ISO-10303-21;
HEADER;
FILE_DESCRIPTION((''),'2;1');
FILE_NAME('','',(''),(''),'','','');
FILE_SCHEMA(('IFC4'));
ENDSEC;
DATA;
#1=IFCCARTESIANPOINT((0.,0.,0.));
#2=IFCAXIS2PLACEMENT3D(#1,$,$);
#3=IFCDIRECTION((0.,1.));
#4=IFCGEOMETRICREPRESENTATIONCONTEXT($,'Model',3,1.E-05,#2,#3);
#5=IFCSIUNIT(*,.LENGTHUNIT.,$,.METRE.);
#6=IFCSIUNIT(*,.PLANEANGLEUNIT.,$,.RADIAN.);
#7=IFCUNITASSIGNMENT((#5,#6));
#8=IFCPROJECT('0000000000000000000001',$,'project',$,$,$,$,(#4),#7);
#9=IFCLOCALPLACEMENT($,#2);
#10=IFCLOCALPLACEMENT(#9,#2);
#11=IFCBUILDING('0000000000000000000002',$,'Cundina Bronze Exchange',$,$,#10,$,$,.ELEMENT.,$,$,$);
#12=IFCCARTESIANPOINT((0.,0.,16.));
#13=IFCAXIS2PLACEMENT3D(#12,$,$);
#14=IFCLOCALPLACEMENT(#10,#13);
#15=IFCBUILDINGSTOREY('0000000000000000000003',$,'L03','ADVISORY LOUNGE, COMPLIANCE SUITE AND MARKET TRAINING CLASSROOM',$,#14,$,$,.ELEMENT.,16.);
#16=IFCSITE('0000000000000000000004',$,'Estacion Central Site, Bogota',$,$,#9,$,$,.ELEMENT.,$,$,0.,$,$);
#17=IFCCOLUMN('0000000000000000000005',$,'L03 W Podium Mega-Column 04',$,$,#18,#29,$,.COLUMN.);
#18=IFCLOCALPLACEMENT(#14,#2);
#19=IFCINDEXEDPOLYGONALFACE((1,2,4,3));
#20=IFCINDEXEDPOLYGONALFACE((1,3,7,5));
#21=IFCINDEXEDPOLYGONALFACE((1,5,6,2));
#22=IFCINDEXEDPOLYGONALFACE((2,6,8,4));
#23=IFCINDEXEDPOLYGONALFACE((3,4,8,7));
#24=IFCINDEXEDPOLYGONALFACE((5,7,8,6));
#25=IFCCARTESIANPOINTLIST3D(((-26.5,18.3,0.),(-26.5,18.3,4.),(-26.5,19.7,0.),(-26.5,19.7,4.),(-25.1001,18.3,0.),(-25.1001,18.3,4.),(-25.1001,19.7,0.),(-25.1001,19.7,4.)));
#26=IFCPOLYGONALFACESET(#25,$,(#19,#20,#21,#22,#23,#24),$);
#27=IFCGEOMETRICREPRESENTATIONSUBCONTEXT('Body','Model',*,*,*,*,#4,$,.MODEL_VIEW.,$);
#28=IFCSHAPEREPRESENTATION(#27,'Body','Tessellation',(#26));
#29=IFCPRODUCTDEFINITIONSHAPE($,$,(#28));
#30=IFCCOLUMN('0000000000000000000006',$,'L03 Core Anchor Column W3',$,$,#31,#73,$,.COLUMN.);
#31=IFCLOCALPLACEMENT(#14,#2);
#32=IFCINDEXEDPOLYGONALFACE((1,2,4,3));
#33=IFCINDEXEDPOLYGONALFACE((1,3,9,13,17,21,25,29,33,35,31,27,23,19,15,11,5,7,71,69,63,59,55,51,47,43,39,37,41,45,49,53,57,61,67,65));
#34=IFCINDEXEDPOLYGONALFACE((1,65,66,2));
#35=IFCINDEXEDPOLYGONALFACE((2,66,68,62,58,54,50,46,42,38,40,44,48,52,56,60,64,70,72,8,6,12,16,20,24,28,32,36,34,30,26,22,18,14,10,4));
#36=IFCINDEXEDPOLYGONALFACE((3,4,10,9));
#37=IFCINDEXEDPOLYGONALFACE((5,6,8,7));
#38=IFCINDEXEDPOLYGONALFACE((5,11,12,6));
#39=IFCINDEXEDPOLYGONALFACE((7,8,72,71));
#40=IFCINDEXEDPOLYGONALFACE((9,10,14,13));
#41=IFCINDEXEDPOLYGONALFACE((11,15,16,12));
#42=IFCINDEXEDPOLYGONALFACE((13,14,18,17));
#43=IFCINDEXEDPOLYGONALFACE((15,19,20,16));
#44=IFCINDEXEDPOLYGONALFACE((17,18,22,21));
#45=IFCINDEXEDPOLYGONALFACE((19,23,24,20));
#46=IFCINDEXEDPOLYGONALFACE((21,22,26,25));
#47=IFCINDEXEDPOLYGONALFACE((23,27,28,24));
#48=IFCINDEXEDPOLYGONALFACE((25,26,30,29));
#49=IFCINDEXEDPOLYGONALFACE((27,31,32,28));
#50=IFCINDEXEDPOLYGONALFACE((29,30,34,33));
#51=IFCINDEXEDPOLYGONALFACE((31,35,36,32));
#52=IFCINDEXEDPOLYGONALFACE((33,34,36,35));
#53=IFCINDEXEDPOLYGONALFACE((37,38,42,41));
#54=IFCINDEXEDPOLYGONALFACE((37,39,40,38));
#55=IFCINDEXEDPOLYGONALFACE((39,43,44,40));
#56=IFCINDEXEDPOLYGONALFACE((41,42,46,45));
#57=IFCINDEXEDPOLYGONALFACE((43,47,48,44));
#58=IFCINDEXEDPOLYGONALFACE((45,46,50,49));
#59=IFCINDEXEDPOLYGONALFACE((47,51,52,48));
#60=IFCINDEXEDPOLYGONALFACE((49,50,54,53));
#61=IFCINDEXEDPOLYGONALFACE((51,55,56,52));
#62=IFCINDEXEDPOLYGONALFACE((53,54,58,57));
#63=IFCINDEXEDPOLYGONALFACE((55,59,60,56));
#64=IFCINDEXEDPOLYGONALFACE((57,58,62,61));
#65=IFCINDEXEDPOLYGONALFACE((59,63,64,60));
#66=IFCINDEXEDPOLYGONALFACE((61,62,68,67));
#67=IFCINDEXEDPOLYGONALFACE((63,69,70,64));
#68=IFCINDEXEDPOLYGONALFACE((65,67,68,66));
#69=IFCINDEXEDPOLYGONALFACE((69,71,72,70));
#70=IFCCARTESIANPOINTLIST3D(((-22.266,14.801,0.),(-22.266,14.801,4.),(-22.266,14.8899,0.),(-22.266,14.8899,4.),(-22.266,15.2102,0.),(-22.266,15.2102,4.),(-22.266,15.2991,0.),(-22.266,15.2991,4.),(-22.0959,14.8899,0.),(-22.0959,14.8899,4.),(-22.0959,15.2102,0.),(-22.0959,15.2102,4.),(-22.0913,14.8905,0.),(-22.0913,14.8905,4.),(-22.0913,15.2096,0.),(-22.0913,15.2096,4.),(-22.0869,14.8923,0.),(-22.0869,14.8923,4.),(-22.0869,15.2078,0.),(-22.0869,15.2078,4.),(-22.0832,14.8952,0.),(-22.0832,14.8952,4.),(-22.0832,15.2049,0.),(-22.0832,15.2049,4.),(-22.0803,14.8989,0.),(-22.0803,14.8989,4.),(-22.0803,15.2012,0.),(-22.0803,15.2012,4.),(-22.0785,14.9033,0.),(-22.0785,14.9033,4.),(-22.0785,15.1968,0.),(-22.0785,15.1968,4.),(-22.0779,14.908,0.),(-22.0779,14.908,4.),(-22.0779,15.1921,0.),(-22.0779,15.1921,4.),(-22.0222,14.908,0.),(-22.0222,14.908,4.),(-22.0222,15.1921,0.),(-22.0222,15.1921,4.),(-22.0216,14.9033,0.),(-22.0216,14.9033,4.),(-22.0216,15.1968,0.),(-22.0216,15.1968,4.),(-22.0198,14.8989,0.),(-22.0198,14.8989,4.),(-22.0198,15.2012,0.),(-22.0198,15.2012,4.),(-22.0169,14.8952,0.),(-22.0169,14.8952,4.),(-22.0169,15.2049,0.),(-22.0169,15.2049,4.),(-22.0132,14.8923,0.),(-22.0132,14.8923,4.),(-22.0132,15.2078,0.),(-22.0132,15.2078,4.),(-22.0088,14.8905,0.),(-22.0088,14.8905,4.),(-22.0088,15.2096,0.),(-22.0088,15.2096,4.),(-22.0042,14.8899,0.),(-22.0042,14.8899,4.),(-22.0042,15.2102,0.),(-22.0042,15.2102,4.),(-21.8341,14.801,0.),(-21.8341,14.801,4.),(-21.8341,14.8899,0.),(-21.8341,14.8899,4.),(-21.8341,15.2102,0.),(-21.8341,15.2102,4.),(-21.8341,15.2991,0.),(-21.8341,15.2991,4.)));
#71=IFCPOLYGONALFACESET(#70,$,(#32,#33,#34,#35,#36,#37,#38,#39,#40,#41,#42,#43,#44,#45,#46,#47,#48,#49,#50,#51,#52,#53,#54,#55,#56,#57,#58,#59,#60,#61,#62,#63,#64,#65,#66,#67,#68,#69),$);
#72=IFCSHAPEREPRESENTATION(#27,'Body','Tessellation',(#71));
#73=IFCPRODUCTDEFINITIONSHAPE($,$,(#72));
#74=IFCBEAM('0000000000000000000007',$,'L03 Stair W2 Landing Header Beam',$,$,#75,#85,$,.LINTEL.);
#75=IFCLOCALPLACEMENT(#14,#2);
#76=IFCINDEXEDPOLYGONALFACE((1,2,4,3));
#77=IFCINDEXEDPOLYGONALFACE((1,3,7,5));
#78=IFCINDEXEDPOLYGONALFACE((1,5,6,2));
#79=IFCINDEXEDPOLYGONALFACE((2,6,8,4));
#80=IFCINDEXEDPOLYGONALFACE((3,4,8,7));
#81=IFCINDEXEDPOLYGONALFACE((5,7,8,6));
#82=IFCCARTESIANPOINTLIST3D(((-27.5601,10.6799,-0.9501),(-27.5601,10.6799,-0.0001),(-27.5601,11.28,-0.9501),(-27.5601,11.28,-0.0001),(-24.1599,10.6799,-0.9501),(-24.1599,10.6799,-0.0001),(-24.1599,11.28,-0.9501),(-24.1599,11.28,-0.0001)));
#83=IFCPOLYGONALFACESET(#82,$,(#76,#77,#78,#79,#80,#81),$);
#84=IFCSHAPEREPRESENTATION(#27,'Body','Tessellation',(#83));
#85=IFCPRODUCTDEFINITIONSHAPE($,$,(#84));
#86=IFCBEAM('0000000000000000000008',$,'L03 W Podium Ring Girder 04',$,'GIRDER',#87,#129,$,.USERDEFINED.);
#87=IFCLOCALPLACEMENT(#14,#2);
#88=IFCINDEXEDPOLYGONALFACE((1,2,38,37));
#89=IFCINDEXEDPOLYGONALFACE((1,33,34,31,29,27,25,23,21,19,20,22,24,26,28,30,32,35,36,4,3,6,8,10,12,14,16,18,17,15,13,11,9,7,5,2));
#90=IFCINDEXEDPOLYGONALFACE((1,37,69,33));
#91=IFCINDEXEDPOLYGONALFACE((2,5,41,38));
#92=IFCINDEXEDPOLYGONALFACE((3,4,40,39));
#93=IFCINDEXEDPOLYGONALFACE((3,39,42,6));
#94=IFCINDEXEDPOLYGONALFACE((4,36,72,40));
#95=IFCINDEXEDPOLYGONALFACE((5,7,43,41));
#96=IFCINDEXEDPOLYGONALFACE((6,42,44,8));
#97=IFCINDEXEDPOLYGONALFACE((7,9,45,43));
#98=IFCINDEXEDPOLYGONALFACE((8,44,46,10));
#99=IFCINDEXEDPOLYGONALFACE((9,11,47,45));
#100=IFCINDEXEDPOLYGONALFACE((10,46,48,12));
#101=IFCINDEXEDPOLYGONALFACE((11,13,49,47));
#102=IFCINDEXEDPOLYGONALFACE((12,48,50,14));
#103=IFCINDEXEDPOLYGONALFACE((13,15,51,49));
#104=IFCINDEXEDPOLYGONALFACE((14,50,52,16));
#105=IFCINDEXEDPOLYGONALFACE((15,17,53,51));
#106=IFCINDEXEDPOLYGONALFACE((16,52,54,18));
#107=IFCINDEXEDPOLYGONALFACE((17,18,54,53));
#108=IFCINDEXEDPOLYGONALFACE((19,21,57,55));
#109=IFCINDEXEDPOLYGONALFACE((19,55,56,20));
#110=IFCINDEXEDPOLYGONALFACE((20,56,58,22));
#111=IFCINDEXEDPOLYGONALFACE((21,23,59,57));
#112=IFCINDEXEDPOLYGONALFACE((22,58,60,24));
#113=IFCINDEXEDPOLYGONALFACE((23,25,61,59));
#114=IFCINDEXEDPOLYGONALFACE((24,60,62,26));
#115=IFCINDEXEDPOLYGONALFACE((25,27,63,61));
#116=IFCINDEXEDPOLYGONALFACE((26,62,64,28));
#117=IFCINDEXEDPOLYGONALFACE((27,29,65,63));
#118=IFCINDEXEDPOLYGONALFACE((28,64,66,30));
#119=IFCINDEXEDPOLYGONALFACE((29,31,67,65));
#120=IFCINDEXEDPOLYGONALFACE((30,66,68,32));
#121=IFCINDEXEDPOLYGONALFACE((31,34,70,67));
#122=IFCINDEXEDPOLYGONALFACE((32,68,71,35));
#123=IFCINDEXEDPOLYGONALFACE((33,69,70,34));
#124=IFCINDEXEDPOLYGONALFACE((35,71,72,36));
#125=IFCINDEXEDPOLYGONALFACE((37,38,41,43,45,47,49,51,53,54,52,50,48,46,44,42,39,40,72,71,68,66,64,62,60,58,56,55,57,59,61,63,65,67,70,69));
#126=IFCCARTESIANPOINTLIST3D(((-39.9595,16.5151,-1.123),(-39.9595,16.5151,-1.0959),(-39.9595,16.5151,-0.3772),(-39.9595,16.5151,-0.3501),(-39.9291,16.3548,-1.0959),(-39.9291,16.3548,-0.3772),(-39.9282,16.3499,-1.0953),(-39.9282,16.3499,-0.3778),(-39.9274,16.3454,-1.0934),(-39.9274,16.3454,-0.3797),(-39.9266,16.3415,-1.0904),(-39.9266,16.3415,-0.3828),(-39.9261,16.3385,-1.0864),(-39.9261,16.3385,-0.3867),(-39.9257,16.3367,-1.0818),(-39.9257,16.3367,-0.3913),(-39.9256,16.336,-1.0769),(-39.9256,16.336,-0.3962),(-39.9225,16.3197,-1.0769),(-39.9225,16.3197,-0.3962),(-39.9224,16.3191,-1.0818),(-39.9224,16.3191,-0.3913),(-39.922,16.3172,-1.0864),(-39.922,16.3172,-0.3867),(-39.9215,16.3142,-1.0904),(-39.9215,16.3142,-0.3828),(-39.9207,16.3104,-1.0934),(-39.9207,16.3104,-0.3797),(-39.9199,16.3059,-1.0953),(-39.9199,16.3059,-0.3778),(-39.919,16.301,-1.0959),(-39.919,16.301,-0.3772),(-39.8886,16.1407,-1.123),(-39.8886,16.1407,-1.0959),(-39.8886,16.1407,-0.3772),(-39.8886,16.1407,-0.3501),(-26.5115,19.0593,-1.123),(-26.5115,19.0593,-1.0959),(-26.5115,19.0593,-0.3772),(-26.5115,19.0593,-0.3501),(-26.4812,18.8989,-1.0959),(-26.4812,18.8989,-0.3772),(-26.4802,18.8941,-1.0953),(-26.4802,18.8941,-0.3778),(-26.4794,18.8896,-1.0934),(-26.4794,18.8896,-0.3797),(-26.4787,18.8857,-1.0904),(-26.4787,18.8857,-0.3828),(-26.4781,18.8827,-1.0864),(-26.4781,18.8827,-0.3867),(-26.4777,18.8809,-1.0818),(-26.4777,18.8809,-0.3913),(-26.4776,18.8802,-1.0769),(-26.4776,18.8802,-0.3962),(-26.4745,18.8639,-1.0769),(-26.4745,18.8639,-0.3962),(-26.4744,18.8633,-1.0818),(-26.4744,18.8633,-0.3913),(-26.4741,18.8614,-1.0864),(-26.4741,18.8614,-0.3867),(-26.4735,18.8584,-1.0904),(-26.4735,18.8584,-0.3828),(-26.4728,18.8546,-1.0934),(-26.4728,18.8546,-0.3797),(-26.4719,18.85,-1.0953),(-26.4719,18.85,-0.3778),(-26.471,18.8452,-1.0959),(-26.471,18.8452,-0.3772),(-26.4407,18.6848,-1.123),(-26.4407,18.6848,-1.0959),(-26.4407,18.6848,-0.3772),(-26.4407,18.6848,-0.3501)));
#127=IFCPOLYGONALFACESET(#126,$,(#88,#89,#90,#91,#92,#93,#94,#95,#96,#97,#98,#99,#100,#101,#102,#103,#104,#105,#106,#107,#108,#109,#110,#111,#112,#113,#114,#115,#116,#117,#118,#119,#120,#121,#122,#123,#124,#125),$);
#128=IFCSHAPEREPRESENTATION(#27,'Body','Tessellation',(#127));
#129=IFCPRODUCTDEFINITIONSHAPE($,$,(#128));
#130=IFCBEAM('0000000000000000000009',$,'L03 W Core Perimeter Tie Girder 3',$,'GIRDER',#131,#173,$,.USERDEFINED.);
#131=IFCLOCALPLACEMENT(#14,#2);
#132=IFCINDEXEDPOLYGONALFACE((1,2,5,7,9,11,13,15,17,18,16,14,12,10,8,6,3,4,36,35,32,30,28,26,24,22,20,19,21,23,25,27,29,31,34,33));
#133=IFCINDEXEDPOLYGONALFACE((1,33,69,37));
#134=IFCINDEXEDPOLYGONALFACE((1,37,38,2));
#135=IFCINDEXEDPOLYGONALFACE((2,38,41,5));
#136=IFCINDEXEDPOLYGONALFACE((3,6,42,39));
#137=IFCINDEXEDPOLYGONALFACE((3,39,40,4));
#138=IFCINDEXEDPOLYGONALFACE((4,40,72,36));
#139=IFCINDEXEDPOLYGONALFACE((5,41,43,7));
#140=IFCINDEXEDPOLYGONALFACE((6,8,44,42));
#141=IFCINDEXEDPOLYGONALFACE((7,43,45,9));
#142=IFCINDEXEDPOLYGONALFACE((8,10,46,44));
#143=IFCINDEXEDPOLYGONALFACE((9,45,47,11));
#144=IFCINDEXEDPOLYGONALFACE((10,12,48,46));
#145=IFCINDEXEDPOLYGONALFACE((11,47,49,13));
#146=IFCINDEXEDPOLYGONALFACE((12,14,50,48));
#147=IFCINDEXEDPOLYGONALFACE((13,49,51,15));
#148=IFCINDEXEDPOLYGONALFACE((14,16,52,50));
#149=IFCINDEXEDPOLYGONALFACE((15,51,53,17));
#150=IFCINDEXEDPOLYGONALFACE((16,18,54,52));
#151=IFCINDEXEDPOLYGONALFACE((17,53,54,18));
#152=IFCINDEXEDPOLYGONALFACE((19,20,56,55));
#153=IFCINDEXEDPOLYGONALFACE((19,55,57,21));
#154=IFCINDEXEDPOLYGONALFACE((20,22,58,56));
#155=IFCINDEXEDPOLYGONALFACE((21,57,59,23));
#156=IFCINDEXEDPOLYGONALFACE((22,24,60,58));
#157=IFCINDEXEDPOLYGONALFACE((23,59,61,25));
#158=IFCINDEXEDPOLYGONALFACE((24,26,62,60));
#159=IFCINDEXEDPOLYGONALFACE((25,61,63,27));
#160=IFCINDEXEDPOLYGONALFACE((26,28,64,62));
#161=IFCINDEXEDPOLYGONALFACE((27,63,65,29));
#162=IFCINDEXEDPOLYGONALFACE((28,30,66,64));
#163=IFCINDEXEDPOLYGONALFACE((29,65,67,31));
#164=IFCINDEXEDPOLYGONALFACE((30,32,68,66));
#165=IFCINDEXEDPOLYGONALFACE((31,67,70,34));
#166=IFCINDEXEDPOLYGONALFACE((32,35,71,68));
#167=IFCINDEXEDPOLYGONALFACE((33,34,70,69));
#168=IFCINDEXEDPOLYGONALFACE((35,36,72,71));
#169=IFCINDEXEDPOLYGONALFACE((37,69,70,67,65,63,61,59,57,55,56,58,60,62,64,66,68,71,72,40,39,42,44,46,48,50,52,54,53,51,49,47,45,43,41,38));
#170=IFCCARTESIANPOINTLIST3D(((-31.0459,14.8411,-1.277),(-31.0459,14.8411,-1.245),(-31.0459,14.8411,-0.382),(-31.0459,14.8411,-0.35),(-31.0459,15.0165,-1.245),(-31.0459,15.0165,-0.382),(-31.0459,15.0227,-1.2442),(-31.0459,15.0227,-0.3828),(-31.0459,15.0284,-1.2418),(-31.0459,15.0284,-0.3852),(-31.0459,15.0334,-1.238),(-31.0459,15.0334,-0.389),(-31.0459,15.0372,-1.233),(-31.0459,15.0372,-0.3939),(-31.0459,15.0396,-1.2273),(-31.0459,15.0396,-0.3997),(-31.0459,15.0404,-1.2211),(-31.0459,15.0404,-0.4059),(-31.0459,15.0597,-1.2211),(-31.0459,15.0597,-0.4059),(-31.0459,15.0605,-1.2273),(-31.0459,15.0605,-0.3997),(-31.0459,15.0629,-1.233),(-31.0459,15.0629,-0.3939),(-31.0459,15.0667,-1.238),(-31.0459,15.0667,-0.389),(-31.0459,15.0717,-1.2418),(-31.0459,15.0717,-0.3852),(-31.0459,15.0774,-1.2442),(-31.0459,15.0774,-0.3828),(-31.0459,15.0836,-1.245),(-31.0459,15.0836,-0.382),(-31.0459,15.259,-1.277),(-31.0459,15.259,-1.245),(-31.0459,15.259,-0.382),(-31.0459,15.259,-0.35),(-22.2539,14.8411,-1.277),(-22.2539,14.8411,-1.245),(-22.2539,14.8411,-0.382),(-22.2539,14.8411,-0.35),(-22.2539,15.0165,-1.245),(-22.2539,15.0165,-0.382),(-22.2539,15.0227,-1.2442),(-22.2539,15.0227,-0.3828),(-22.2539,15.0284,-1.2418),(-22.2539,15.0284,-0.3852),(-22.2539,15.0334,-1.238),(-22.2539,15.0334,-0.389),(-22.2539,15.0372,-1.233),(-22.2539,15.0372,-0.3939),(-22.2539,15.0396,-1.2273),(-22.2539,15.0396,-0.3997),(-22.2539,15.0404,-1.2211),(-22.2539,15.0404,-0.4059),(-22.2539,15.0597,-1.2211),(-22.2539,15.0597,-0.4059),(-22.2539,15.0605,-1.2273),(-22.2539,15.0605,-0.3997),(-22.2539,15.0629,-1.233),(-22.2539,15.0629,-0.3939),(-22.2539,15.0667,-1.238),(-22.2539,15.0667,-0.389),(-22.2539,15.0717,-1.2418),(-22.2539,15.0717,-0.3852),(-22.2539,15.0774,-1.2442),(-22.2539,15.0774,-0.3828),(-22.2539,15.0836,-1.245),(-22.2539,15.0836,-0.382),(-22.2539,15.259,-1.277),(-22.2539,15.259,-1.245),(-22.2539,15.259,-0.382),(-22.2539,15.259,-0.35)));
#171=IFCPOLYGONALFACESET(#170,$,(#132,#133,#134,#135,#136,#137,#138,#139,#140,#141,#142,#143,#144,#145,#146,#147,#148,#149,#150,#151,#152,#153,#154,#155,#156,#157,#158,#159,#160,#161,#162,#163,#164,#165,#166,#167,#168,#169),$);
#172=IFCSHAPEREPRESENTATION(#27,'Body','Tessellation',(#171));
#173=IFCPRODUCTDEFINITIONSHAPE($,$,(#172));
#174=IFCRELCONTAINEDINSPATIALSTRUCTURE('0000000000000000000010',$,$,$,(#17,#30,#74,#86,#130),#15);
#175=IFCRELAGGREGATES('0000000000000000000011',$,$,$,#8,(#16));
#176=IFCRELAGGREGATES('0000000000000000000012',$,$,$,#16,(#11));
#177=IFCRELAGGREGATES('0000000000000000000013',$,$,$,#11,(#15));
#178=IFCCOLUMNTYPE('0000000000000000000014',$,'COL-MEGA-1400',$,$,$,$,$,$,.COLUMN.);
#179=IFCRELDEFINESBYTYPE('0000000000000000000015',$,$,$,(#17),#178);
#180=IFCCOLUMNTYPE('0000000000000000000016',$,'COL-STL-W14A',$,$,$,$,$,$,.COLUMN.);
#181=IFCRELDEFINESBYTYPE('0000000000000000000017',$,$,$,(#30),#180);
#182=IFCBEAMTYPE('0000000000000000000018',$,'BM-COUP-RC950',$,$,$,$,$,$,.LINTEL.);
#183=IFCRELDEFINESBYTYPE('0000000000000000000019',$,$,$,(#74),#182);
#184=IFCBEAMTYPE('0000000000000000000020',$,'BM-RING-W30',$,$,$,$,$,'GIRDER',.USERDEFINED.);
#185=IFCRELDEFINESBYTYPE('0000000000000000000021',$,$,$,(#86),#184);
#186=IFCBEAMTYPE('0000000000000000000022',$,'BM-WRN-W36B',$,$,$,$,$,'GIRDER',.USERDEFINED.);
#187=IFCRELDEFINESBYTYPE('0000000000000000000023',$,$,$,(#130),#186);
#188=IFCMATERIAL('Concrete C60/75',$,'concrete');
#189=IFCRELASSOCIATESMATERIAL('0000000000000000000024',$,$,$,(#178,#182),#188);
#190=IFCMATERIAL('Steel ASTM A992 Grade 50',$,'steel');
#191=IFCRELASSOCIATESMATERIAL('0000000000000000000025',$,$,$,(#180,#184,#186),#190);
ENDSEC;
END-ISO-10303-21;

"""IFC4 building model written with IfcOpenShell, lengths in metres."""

from ifc_helpers import new_model, si_unit, direction, frame, origin, origin_2d, place, context, subcontext, project, spatial, rectangle, i_section, extrude, material, material_profile, profile_set, type_object, element, save


model = new_model("IFC4")

# Units and contexts
model_context = context("Model", 3, precision=1e-05, world=origin(), true_north=direction((0.0, 1.0)))
body_context = subcontext(model_context, "Body", "Model", "MODEL_VIEW")
ifc_project = project(units=[si_unit("LENGTHUNIT", "METRE"), si_unit("PLANEANGLEUNIT", "RADIAN")], contexts=[model_context])

# Site, building, storey
site_placement = place(None, origin())
site = spatial("IfcSite", under=ifc_project, at=site_placement, Name="Estacion Central Site, Bogota", CompositionType="ELEMENT", RefElevation=0.0)
building_placement = place(site_placement, origin())
building = spatial("IfcBuilding", under=site, at=building_placement, Name="Cundina Bronze Exchange", CompositionType="ELEMENT")
storey_placement = place(building_placement, frame((0.0, 0.0, 16.0)))
storey = spatial("IfcBuildingStorey", under=building, at=storey_placement, Name="L03", Description="ADVISORY LOUNGE, COMPLIANCE SUITE AND MARKET TRAINING CLASSROOM", CompositionType="ELEMENT", Elevation=16.0)

# Columns
ifc_material_1 = material(Name="Concrete C60/75", Category="concrete")
ifc_material_profile_1 = material_profile(ifc_material_1, rectangle(XDim=1.3999, YDim=1.3999, at=origin_2d()), Name="RC1400X1400", Category="concrete")
ifc_profile_set_1 = profile_set([ifc_material_profile_1], Name="Concrete C60/75")
column_type_1 = type_object("IfcColumnType", Name="COL-MEGA-1400", PredefinedType="COLUMN", material=ifc_profile_set_1)
column_1_placement = place(storey_placement, frame((-25.8, 19.0, 0.0), z_axis=(0.0, 0.0, 1.0), x_axis=(1.0, 0.0, 0.0)))
element("IfcColumn", 1, at=column_1_placement, inside=storey, type_object=column_type_1, Name="L03 W Podium Mega-Column 04", PredefinedType="COLUMN", context=body_context, shape_type="SweptSolid", body=[
    extrude(rectangle(XDim=1.3999, YDim=1.3999, at=origin_2d()), origin(), (0.0, 0.0, 1.0), 4.0),
])
ifc_material_2 = material(Name="Steel ASTM A992 Grade 50", Category="steel")
ifc_material_profile_2 = material_profile(ifc_material_2, i_section(OverallWidth=0.4319, OverallDepth=0.498, WebThickness=0.0557, FlangeThickness=0.0889, FilletRadius=0.0181, at=origin_2d()), Name="W14X500", Category="steel")
ifc_profile_set_2 = profile_set([ifc_material_profile_2], Name="Steel ASTM A992 Grade 50")
column_type_2 = type_object("IfcColumnType", Name="COL-STL-W14A", PredefinedType="COLUMN", material=ifc_profile_set_2)
column_2_placement = place(storey_placement, frame((-22.05, 15.05, 0.0), z_axis=(0.0, 0.0, 1.0), x_axis=(1.0, 0.0, 0.0)))
element("IfcColumn", 2, at=column_2_placement, inside=storey, type_object=column_type_2, Name="L03 Core Anchor Column W3", PredefinedType="COLUMN", context=body_context, shape_type="SweptSolid", body=[
    extrude(i_section(OverallWidth=0.4319, OverallDepth=0.498, WebThickness=0.0557, FlangeThickness=0.0889, FilletRadius=0.0181, at=origin_2d()), origin(), (0.0, 0.0, 1.0), 4.0),
])

# Beams
ifc_material_profile_3 = material_profile(ifc_material_1, rectangle(XDim=0.6001, YDim=0.95, at=origin_2d()), Name="RC600X950", Category="concrete")
ifc_profile_set_3 = profile_set([ifc_material_profile_3], Name="Concrete C60/75")
beam_type_1 = type_object("IfcBeamType", Name="BM-COUP-RC950", PredefinedType="LINTEL", material=ifc_profile_set_3)
beam_1_placement = place(storey_placement, frame((-27.5601, 10.98, -0.4751), z_axis=(1.0, 0.0, 0.0), x_axis=(0.0, 1.0, 0.0)))
element("IfcBeam", 3, at=beam_1_placement, inside=storey, type_object=beam_type_1, Name="L03 Stair W2 Landing Header Beam", PredefinedType="LINTEL", context=body_context, shape_type="SweptSolid", body=[
    extrude(rectangle(XDim=0.6001, YDim=0.95, at=origin_2d()), origin(), (0.0, 0.0, 1.0), 3.4001),
])
ifc_material_profile_4 = material_profile(ifc_material_2, i_section(OverallWidth=0.3811, OverallDepth=0.7729, WebThickness=0.0166, FlangeThickness=0.0271, FilletRadius=0.019, at=origin_2d()), Name="W30X173", Category="steel")
ifc_profile_set_4 = profile_set([ifc_material_profile_4], Name="Steel ASTM A992 Grade 50")
beam_type_2 = type_object("IfcBeamType", Name="BM-RING-W30", ElementType="GIRDER", PredefinedType="USERDEFINED", material=ifc_profile_set_4)
beam_2_placement = place(storey_placement, frame((-26.4761, 18.8721, -0.7366), z_axis=(-0.982571, -0.18589, 0.0), x_axis=(0.18589, -0.982571, 0.0)))
element("IfcBeam", 4, at=beam_2_placement, inside=storey, type_object=beam_type_2, Name="L03 W Podium Ring Girder 04", ObjectType="GIRDER", PredefinedType="USERDEFINED", context=body_context, shape_type="SweptSolid", body=[
    extrude(i_section(OverallWidth=0.3811, OverallDepth=0.7729, WebThickness=0.0166, FlangeThickness=0.0271, FilletRadius=0.019, at=origin_2d()), origin(), (0.0, 0.0, 1.0), 13.6865),
])
ifc_material_profile_5 = material_profile(ifc_material_2, i_section(OverallWidth=0.418, OverallDepth=0.927, WebThickness=0.0193, FlangeThickness=0.032, FilletRadius=0.0239, at=origin_2d()), Name="W36X231", Category="steel")
ifc_profile_set_5 = profile_set([ifc_material_profile_5], Name="Steel ASTM A992 Grade 50")
beam_type_3 = type_object("IfcBeamType", Name="BM-WRN-W36B", ElementType="GIRDER", PredefinedType="USERDEFINED", material=ifc_profile_set_5)
beam_3_placement = place(storey_placement, frame((-22.2539, 15.05, -0.8135), z_axis=(-1.0, 0.0, 0.0), x_axis=(0.0, -1.0, 0.0)))
element("IfcBeam", 5, at=beam_3_placement, inside=storey, type_object=beam_type_3, Name="L03 W Core Perimeter Tie Girder 3", ObjectType="GIRDER", PredefinedType="USERDEFINED", context=body_context, shape_type="SweptSolid", body=[
    extrude(i_section(OverallWidth=0.418, OverallDepth=0.927, WebThickness=0.0193, FlangeThickness=0.032, FilletRadius=0.0239, at=origin_2d()), origin(), (0.0, 0.0, 1.0), 8.792),
])

save(model, "model.ifc")
